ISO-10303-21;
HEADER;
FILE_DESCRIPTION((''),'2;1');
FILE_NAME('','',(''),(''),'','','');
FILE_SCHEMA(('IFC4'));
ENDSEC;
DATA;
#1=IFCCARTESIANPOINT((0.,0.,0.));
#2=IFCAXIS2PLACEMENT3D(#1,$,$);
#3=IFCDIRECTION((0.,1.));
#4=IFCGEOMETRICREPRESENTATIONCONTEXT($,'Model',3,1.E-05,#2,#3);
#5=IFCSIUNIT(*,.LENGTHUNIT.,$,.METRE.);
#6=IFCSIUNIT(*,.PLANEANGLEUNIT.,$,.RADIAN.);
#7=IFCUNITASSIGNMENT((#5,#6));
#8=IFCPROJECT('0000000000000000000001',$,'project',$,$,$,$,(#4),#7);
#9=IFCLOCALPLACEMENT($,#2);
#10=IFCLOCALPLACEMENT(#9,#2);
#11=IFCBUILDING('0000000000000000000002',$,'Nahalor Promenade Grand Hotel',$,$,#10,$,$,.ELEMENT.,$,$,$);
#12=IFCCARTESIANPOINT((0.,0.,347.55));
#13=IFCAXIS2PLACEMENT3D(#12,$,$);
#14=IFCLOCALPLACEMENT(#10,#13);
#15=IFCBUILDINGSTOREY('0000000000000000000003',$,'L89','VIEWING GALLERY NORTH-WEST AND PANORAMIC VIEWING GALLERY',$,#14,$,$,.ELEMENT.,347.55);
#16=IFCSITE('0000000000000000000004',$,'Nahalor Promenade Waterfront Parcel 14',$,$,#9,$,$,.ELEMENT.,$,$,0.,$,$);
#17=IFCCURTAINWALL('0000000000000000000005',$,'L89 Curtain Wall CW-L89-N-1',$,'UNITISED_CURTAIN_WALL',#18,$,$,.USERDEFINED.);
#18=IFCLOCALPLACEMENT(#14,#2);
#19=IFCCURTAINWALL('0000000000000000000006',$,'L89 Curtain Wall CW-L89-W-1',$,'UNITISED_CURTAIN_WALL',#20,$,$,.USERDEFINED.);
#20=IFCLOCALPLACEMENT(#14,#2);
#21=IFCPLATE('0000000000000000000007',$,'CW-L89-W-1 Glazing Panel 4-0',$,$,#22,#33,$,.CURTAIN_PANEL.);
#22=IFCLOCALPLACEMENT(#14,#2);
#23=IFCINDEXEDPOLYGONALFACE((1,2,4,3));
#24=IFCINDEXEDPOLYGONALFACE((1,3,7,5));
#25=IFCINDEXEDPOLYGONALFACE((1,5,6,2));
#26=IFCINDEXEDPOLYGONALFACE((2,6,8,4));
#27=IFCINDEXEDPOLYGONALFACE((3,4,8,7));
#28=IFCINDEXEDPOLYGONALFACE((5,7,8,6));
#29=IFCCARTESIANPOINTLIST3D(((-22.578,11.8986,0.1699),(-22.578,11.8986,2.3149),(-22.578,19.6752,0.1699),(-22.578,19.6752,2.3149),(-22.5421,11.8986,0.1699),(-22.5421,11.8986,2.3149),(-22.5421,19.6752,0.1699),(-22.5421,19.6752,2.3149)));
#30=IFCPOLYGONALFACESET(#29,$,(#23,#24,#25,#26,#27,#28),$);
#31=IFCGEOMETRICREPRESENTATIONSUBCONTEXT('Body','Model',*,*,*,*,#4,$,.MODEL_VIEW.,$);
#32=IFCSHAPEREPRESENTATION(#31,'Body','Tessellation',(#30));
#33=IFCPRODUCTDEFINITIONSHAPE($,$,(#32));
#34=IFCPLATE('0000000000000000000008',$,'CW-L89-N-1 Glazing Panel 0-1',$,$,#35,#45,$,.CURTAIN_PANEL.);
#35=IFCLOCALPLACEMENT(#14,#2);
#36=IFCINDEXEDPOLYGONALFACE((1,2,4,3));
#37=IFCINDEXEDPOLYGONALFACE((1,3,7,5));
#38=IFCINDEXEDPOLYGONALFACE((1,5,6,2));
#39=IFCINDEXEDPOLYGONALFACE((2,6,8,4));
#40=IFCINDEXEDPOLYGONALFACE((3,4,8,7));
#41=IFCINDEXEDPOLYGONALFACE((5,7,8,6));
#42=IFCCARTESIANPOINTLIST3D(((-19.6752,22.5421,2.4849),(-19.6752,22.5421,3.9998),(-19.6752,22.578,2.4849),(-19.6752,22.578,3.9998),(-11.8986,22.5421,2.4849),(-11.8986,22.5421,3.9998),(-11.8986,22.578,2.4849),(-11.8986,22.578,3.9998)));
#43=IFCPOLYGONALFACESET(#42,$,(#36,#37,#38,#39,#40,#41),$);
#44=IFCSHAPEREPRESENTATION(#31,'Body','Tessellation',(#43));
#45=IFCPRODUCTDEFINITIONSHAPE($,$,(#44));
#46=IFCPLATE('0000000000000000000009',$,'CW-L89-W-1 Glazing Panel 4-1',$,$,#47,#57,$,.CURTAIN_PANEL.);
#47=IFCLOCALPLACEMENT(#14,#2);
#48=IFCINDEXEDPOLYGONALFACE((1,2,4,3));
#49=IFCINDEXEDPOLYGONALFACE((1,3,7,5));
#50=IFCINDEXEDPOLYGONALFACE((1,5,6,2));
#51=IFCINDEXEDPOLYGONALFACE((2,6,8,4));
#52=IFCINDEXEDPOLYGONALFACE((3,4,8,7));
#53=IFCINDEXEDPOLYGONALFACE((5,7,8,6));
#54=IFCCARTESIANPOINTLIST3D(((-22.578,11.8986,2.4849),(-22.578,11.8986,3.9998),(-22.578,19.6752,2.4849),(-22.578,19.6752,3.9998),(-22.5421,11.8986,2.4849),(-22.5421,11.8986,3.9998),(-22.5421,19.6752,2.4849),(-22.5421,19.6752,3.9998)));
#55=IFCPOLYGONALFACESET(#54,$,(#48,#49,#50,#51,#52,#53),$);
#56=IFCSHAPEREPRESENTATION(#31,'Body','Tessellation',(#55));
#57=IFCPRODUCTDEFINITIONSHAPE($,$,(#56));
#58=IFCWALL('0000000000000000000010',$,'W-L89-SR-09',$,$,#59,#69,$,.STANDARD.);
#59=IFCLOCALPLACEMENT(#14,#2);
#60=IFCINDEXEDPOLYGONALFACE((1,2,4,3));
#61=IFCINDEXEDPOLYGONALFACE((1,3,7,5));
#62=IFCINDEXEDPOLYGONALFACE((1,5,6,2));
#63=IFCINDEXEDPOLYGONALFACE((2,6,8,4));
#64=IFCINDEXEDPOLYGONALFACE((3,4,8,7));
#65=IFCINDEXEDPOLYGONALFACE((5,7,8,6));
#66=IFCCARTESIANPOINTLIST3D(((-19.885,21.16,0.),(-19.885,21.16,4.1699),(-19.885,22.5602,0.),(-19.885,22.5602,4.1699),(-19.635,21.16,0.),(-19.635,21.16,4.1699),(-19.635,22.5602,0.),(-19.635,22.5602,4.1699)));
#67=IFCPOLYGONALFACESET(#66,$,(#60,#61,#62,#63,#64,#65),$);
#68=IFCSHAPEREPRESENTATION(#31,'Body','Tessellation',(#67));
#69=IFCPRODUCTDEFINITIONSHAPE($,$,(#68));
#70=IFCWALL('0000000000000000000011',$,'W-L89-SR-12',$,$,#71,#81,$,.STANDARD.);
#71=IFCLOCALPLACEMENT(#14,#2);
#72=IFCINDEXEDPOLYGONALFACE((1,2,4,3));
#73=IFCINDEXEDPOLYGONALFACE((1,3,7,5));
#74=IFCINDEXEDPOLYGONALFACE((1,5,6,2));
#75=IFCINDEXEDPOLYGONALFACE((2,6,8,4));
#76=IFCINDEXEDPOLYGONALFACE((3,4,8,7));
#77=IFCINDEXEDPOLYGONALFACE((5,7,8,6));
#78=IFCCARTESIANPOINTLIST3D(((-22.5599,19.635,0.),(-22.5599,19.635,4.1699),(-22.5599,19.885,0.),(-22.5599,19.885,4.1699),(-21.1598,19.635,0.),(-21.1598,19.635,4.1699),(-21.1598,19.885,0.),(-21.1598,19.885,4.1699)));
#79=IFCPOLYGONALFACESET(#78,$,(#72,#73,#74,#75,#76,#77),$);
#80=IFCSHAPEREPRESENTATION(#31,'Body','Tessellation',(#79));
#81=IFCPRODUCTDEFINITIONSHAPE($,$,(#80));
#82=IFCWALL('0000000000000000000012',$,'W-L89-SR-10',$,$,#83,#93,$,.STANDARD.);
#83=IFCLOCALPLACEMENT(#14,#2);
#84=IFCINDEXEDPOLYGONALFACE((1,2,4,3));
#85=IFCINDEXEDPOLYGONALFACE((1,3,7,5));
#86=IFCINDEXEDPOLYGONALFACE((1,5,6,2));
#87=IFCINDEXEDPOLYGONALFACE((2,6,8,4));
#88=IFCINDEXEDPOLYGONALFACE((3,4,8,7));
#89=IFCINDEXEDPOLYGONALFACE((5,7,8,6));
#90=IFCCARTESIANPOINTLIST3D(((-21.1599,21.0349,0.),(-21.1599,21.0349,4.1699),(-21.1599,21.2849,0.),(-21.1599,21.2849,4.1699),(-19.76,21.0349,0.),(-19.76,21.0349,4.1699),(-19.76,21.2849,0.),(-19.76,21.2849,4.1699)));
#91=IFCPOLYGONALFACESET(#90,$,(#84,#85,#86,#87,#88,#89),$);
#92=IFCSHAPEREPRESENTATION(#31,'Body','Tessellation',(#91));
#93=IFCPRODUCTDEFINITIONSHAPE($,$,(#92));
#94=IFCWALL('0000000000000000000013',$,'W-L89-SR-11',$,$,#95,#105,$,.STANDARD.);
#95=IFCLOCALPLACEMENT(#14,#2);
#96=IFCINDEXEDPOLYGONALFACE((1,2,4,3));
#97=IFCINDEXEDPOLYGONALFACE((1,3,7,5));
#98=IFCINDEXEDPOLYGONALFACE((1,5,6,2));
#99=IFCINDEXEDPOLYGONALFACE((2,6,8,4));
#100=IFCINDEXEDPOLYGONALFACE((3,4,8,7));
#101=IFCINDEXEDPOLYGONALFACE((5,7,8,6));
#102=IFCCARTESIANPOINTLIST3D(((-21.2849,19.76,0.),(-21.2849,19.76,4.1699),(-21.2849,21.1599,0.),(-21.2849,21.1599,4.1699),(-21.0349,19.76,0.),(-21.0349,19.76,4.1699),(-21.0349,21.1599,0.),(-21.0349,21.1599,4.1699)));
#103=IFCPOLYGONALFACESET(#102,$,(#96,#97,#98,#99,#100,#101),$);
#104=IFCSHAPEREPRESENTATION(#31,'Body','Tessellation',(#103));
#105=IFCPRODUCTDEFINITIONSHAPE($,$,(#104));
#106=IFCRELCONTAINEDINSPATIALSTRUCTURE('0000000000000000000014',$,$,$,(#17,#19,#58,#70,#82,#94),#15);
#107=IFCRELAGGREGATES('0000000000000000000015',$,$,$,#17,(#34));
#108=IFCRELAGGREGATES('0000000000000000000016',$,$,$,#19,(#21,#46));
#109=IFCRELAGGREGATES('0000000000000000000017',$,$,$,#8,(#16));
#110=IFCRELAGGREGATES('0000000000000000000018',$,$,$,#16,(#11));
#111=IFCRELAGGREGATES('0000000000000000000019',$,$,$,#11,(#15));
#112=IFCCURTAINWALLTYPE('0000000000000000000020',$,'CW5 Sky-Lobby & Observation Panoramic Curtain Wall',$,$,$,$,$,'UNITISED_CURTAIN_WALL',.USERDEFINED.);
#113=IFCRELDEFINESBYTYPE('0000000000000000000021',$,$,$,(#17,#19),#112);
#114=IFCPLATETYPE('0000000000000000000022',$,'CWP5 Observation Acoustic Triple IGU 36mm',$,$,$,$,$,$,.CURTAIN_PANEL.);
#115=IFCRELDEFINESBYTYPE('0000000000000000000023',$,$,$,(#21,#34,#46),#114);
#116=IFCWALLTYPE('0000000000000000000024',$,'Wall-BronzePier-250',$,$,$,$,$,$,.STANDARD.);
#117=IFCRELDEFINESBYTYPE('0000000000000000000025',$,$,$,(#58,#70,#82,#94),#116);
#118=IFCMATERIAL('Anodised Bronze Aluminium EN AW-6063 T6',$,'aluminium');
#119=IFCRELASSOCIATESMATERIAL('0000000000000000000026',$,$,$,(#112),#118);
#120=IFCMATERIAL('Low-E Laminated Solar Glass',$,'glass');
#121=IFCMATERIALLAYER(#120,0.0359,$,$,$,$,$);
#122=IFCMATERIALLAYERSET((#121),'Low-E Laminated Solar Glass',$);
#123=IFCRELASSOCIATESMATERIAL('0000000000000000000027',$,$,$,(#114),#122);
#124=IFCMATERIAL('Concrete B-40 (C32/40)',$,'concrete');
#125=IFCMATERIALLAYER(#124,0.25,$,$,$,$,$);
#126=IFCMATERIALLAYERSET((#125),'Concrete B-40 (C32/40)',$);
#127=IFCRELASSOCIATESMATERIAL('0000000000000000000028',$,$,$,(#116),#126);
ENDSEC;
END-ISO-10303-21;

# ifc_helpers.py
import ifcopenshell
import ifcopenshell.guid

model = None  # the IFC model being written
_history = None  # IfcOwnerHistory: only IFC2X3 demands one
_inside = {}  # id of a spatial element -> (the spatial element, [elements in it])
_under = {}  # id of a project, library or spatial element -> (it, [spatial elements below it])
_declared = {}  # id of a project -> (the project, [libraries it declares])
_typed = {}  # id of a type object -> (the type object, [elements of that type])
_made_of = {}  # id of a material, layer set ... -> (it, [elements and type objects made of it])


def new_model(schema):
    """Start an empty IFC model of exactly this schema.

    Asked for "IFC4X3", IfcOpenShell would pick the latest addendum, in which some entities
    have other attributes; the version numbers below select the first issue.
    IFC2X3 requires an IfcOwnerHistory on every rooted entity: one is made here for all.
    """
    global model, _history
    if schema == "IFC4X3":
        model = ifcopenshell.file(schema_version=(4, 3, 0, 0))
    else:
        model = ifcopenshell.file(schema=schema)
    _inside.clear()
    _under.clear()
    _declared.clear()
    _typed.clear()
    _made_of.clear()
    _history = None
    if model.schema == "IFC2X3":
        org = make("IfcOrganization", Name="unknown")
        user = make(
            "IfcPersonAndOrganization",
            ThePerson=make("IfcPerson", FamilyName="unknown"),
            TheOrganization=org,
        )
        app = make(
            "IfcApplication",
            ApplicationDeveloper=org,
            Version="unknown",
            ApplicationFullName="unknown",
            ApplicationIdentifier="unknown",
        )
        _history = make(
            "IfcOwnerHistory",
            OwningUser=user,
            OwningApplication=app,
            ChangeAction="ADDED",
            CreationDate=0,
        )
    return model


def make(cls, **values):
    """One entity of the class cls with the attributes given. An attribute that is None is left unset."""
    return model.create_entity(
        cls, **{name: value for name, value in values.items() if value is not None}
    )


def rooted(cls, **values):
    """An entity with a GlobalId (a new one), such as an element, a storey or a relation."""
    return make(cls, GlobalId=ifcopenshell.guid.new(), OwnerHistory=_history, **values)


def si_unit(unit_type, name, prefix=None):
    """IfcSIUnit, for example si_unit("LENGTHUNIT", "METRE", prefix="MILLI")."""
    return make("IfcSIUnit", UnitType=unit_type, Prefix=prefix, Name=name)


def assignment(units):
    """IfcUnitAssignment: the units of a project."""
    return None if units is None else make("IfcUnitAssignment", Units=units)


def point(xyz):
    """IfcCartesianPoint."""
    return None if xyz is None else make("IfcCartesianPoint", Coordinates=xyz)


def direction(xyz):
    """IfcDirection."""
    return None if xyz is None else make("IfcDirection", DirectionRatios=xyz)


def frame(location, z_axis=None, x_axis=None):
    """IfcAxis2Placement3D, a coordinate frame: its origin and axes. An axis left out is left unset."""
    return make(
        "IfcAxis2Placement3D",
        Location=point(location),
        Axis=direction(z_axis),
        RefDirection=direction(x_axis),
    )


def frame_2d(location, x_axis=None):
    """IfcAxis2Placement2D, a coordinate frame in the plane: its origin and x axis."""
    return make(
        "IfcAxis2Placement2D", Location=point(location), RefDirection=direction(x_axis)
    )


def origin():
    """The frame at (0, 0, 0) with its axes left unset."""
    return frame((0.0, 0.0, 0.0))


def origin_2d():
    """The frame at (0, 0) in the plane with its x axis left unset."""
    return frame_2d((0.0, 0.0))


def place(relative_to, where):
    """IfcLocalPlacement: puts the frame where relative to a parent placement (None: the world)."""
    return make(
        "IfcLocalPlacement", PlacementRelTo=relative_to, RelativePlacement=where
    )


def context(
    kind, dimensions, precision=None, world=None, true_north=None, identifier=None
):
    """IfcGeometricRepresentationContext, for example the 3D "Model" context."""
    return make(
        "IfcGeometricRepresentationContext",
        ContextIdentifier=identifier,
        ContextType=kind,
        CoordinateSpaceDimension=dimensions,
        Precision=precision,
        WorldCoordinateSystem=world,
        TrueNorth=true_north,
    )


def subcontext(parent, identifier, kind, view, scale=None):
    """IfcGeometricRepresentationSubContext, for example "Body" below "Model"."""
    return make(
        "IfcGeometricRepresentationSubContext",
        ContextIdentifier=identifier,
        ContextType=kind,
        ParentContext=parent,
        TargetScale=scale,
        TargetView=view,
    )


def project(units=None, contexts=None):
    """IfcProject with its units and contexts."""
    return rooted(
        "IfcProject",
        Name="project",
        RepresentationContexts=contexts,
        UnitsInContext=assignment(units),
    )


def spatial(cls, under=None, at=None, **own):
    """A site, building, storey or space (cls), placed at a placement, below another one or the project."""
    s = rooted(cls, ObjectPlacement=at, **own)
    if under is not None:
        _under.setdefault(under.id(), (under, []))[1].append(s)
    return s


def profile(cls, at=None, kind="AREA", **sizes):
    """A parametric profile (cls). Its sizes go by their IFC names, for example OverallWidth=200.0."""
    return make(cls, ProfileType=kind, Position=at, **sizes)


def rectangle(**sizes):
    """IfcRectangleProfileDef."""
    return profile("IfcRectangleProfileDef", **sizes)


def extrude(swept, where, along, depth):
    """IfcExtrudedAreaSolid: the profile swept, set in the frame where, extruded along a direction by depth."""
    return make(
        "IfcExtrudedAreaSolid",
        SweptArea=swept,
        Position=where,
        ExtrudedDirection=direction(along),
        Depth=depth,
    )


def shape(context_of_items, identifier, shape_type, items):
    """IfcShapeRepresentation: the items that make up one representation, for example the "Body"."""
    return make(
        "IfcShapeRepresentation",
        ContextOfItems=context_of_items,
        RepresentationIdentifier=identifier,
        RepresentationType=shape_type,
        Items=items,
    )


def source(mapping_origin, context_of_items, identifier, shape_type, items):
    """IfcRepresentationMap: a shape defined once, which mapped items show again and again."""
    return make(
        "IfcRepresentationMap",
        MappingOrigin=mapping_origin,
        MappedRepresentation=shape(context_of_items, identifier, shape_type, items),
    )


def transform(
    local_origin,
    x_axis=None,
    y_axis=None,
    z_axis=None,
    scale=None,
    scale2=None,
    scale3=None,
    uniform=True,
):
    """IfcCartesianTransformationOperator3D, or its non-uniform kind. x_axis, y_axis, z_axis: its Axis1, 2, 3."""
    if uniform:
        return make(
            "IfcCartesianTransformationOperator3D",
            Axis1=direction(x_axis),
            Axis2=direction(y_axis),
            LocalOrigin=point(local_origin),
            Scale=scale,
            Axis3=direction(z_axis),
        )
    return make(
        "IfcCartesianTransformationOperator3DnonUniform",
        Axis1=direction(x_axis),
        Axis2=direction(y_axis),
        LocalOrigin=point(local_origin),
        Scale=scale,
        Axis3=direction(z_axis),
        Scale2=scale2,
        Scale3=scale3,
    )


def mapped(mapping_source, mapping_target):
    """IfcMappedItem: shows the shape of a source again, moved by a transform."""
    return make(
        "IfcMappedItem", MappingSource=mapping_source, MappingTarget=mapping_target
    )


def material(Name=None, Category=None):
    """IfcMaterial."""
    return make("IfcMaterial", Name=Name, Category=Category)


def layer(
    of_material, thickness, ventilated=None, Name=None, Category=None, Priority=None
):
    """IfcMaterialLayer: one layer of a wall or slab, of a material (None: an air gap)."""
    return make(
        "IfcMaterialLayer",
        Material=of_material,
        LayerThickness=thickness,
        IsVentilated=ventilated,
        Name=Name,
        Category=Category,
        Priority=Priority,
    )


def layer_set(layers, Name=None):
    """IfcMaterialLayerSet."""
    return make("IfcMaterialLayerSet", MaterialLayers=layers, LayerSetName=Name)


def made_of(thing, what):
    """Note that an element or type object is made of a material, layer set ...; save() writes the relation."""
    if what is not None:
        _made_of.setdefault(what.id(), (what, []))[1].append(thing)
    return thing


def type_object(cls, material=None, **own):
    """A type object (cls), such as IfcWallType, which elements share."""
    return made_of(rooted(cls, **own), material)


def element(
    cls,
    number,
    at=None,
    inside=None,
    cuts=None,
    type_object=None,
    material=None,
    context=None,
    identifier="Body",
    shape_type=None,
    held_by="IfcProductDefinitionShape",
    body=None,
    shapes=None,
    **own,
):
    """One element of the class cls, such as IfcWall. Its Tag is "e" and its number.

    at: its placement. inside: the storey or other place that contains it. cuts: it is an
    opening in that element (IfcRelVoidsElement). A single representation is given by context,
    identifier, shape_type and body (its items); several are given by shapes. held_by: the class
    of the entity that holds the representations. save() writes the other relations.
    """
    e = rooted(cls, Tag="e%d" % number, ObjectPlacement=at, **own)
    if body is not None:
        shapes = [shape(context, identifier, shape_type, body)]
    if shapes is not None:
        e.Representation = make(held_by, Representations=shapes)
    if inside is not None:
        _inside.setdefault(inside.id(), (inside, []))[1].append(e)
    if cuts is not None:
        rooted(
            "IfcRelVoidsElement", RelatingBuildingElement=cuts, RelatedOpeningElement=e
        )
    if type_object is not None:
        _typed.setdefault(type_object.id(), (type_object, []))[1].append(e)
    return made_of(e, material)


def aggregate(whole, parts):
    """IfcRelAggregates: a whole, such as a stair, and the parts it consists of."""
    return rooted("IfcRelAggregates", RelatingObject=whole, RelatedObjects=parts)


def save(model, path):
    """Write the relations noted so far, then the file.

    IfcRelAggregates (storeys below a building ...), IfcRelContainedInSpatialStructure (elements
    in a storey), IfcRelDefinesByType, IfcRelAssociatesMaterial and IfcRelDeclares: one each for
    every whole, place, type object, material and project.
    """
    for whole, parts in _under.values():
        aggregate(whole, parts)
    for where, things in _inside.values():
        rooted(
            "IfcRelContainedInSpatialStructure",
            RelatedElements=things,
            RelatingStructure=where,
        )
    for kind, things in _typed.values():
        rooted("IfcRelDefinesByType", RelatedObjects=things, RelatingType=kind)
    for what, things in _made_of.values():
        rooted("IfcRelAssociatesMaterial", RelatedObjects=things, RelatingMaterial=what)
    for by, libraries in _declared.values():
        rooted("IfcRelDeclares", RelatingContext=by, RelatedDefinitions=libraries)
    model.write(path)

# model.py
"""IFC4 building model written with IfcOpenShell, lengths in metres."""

from ifc_helpers import new_model, si_unit, direction, frame, frame_2d, origin, origin_2d, place, context, subcontext, project, spatial, rectangle, extrude, source, transform, mapped, material, layer, layer_set, type_object, element, aggregate, save


model = new_model("IFC4")

# Units and contexts
model_context = context("Model", 3, precision=1e-05, world=origin(), true_north=direction((0.0, 1.0)))
body_context = subcontext(model_context, "Body", "Model", "MODEL_VIEW")
ifc_project = project(units=[si_unit("LENGTHUNIT", "METRE"), si_unit("PLANEANGLEUNIT", "RADIAN")], contexts=[model_context])

# Site, building, storey
site_placement = place(None, origin())
site = spatial("IfcSite", under=ifc_project, at=site_placement, Name="Nahalor Promenade Waterfront Parcel 14", CompositionType="ELEMENT", RefElevation=0.0)
building_placement = place(site_placement, origin())
building = spatial("IfcBuilding", under=site, at=building_placement, Name="Nahalor Promenade Grand Hotel", CompositionType="ELEMENT")
storey_placement = place(building_placement, frame((0.0, 0.0, 347.55)))
storey = spatial("IfcBuildingStorey", under=building, at=storey_placement, Name="L89", Description="VIEWING GALLERY NORTH-WEST AND PANORAMIC VIEWING GALLERY", CompositionType="ELEMENT", Elevation=347.55)

# Curtain wall
ifc_material_1 = material(Name="Anodised Bronze Aluminium EN AW-6063 T6", Category="aluminium")
curtain_wall_type = type_object("IfcCurtainWallType", Name="CW5 Sky-Lobby & Observation Panoramic Curtain Wall", ElementType="UNITISED_CURTAIN_WALL", PredefinedType="USERDEFINED", material=ifc_material_1)
curtain_wall_1_placement = place(storey_placement, origin())
curtain_wall_1 = element("IfcCurtainWall", 1, at=curtain_wall_1_placement, inside=storey, type_object=curtain_wall_type, Name="L89 Curtain Wall CW-L89-N-1", ObjectType="UNITISED_CURTAIN_WALL", PredefinedType="USERDEFINED")

# Curtain wall
curtain_wall_2_placement = place(storey_placement, origin())
curtain_wall_2 = element("IfcCurtainWall", 2, at=curtain_wall_2_placement, inside=storey, type_object=curtain_wall_type, Name="L89 Curtain Wall CW-L89-W-1", ObjectType="UNITISED_CURTAIN_WALL", PredefinedType="USERDEFINED")

# Plates
ifc_material_2 = material(Name="Low-E Laminated Solar Glass", Category="glass")
ifc_layer_1 = layer(ifc_material_2, 0.0359)
ifc_layer_set_1 = layer_set([ifc_layer_1], Name="Low-E Laminated Solar Glass")
plate_type = type_object("IfcPlateType", Name="CWP5 Observation Acoustic Triple IGU 36mm", PredefinedType="CURTAIN_PANEL", material=ifc_layer_set_1)
shared_shape_1 = source(origin(), body_context, "Body", "SweptSolid", [
    extrude(rectangle(XDim=7.7766, YDim=0.0359, at=origin_2d()), origin(), (0.0, 0.0, 1.0), 2.145),
])
plate_1_placement = place(storey_placement, frame((-22.5601, 15.7869, 0.1699), z_axis=(0.0, 0.0, 1.0), x_axis=(0.0, 1.0, 0.0)))
plate_1 = element("IfcPlate", 3, at=plate_1_placement, type_object=plate_type, Name="CW-L89-W-1 Glazing Panel 4-0", PredefinedType="CURTAIN_PANEL", context=body_context, shape_type="MappedRepresentation", body=[
    mapped(shared_shape_1, transform((0.0, 0.0, 0.0), scale=1.0)),
])
shared_shape_2 = source(origin(), body_context, "Body", "SweptSolid", [
    extrude(rectangle(XDim=7.7766, YDim=0.0359, at=origin_2d()), origin(), (0.0, 0.0, 1.0), 1.5149),
])
plate_2_placement = place(storey_placement, frame((-15.7869, 22.5601, 2.4849), z_axis=(0.0, 0.0, 1.0), x_axis=(1.0, 0.0, 0.0)))
plate_2 = element("IfcPlate", 4, at=plate_2_placement, type_object=plate_type, Name="CW-L89-N-1 Glazing Panel 0-1", PredefinedType="CURTAIN_PANEL", context=body_context, shape_type="MappedRepresentation", body=[
    mapped(shared_shape_2, transform((0.0, 0.0, 0.0), scale=1.0)),
])
aggregate(curtain_wall_1, [plate_2])
plate_3_placement = place(storey_placement, frame((-22.5601, 15.7869, 2.4849), z_axis=(0.0, 0.0, 1.0), x_axis=(0.0, 1.0, 0.0)))
plate_3 = element("IfcPlate", 5, at=plate_3_placement, type_object=plate_type, Name="CW-L89-W-1 Glazing Panel 4-1", PredefinedType="CURTAIN_PANEL", context=body_context, shape_type="MappedRepresentation", body=[
    mapped(shared_shape_2, transform((0.0, 0.0, 0.0), scale=1.0)),
])
aggregate(curtain_wall_2, [plate_1, plate_3])

# Walls
ifc_material_3 = material(Name="Concrete B-40 (C32/40)", Category="concrete")
ifc_layer_2 = layer(ifc_material_3, 0.25)
ifc_layer_set_2 = layer_set([ifc_layer_2], Name="Concrete B-40 (C32/40)")
wall_type = type_object("IfcWallType", Name="Wall-BronzePier-250", PredefinedType="STANDARD", material=ifc_layer_set_2)
shared_shape_3 = source(origin(), body_context, "Body", "SweptSolid", [
    extrude(rectangle(XDim=1.4001, YDim=0.25, at=frame_2d((0.7002, 0.0))), origin(), (0.0, 0.0, 1.0), 4.1699),
])
for number, where, z_axis, x_axis, name in (
    (6, (-19.76, 21.1599, 0.0), (0.0, 0.0, 1.0), (0.0, 1.0, 0.0), "W-L89-SR-09"),
    (7, (-22.5601, 19.76, 0.0), (0.0, 0.0, 1.0), (1.0, 0.0, 0.0), "W-L89-SR-12"),
):
    element("IfcWall", number, at=place(storey_placement, frame(where, z_axis=z_axis, x_axis=x_axis)), inside=storey, type_object=wall_type, Name=name, PredefinedType="STANDARD", context=body_context, shape_type="MappedRepresentation", body=[
        mapped(shared_shape_3, transform((0.0, 0.0, 0.0), scale=1.0)),
    ])
shared_shape_4 = source(origin(), body_context, "Body", "SweptSolid", [
    extrude(rectangle(XDim=1.3999, YDim=0.25, at=frame_2d((0.7, 0.0))), origin(), (0.0, 0.0, 1.0), 4.1699),
])
for number, where, z_axis, x_axis, name in (
    (8, (-21.1599, 21.1599, 0.0), (0.0, 0.0, 1.0), (1.0, 0.0, 0.0), "W-L89-SR-10"),
    (9, (-21.1599, 19.76, 0.0), (0.0, 0.0, 1.0), (0.0, 1.0, 0.0), "W-L89-SR-11"),
):
    element("IfcWall", number, at=place(storey_placement, frame(where, z_axis=z_axis, x_axis=x_axis)), inside=storey, type_object=wall_type, Name=name, PredefinedType="STANDARD", context=body_context, shape_type="MappedRepresentation", body=[
        mapped(shared_shape_4, transform((0.0, 0.0, 0.0), scale=1.0)),
    ])

save(model, "model.ifc")
